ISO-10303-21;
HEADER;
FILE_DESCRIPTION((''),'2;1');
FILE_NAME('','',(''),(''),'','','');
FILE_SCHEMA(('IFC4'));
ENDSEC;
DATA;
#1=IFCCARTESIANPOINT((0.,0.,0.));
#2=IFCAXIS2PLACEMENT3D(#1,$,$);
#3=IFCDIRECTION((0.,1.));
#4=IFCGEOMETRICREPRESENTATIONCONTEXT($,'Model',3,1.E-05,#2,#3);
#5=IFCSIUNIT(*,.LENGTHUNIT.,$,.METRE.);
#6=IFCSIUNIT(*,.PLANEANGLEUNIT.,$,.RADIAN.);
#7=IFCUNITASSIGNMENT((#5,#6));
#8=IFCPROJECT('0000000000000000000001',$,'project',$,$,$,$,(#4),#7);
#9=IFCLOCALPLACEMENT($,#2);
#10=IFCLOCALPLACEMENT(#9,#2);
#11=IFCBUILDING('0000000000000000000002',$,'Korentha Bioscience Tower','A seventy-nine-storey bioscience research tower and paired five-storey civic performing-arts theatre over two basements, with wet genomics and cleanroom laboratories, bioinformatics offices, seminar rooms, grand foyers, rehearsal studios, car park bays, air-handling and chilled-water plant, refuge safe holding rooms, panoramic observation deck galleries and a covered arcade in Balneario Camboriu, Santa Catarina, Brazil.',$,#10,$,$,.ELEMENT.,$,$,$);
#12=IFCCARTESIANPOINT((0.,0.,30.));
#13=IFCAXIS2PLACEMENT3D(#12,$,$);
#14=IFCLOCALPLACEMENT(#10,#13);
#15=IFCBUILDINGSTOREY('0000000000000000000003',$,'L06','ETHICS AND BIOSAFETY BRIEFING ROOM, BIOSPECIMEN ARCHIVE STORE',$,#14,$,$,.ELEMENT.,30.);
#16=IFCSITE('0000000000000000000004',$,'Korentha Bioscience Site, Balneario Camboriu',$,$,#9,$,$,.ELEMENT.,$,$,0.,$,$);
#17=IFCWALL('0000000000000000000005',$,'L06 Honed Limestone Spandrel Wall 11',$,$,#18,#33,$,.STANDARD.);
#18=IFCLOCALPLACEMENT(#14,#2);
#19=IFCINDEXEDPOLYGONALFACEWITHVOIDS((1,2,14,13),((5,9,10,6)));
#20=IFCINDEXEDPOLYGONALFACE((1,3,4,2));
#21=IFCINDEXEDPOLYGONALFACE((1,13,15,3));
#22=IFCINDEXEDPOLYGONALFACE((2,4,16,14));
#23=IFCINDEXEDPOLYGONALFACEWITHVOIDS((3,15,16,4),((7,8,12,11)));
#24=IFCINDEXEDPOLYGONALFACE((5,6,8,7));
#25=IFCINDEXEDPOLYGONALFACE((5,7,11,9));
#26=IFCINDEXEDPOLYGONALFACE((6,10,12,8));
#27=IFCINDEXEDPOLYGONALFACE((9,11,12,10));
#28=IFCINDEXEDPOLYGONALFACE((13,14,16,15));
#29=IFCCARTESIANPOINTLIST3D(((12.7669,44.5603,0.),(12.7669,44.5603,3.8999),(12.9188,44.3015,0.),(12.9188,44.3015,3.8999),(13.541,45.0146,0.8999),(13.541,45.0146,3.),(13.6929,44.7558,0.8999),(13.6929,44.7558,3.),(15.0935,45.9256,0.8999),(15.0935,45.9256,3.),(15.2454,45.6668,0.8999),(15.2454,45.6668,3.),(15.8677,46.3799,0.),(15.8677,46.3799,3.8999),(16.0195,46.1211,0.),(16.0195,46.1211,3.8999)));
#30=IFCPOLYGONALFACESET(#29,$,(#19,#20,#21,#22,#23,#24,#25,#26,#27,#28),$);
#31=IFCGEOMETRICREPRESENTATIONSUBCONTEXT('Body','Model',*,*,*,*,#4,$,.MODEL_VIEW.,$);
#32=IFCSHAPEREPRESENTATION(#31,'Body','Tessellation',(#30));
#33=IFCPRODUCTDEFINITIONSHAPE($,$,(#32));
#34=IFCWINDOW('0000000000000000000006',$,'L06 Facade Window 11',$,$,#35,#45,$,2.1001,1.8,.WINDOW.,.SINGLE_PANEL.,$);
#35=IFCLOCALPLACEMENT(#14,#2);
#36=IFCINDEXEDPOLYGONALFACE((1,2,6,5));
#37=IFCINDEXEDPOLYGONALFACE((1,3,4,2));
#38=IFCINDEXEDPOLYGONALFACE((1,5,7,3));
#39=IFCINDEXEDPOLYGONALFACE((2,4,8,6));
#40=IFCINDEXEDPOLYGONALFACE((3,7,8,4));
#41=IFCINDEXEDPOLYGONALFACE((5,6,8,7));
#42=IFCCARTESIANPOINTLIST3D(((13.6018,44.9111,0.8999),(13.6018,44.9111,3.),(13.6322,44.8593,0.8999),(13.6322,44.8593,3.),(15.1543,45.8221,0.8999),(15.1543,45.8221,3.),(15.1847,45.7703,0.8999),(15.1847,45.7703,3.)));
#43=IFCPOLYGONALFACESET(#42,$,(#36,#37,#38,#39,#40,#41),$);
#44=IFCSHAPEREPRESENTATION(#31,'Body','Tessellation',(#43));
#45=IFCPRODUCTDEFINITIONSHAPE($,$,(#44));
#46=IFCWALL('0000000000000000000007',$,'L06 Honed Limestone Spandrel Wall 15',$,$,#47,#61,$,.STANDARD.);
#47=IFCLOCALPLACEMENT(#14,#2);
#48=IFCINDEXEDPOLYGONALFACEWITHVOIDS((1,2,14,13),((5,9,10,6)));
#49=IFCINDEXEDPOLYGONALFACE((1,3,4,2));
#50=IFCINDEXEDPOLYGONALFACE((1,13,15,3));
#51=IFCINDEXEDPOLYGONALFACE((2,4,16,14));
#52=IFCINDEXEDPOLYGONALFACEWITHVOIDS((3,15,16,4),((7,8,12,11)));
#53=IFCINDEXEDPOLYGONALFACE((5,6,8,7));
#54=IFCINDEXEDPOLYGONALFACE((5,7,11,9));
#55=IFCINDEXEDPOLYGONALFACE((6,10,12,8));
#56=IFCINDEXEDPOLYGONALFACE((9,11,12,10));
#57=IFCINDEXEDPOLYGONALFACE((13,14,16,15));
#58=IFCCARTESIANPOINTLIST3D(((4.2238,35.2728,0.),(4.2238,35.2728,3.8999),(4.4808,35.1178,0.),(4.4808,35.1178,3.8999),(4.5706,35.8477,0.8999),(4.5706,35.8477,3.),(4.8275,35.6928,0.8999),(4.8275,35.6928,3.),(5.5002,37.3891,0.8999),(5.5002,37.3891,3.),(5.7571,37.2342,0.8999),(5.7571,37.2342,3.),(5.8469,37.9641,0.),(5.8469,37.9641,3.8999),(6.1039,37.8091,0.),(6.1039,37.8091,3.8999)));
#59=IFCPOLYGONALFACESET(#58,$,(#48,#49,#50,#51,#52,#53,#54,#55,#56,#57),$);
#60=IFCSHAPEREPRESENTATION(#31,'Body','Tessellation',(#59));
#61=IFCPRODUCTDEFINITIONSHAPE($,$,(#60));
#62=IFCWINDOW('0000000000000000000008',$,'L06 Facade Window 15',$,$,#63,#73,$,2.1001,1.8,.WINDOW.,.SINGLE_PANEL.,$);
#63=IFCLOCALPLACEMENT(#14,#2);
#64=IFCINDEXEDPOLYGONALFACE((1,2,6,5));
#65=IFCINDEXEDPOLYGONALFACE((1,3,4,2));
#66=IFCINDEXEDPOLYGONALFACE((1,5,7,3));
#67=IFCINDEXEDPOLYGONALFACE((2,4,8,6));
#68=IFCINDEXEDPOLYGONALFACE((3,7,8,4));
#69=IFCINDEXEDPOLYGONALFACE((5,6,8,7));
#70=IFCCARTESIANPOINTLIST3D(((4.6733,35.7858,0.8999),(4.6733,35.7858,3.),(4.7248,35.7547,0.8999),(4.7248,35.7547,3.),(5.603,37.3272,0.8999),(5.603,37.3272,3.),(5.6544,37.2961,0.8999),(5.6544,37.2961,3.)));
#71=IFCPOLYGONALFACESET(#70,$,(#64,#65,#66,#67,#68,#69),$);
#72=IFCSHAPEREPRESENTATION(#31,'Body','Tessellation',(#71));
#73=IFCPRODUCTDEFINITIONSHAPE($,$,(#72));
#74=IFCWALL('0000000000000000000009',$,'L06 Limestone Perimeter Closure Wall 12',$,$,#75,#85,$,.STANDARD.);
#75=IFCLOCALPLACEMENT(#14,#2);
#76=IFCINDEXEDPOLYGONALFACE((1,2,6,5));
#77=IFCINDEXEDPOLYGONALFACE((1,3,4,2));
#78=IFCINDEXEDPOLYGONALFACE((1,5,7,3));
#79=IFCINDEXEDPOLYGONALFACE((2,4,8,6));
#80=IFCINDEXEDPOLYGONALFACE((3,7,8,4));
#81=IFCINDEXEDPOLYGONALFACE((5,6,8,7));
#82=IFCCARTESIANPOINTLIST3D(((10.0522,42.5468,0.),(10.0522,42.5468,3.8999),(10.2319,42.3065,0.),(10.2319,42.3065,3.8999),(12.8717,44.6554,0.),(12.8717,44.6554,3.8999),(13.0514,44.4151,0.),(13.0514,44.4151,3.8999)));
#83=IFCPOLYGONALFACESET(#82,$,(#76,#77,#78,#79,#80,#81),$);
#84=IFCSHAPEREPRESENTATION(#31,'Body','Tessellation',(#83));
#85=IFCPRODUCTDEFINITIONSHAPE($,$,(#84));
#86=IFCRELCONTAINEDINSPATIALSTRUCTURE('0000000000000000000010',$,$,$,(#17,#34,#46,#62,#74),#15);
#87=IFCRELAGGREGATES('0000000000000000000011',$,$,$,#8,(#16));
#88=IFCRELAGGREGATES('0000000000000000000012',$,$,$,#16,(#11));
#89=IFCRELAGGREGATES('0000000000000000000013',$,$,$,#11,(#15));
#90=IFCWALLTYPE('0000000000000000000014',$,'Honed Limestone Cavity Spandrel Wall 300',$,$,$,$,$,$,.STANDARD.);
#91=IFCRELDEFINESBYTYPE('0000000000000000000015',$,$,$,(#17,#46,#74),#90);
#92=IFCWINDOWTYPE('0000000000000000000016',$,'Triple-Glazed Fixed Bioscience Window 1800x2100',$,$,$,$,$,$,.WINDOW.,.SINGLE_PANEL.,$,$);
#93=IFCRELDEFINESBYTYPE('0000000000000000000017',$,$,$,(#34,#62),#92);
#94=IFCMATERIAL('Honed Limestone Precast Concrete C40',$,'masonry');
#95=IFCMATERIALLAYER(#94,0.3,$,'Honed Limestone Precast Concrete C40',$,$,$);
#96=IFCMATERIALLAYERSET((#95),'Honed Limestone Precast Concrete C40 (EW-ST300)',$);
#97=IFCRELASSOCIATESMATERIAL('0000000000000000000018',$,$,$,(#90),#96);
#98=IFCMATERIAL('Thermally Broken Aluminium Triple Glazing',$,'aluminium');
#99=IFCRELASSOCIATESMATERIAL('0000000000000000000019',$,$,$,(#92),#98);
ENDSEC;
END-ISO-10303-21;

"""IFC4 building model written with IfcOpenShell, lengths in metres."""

from ifc_helpers import new_model, si_unit, direction, frame, frame_2d, origin, place, context, subcontext, project, spatial, rectangle, extrude, material, layer, layer_set, type_object, element, fill, save


model = new_model("IFC4")

# Units and contexts
model_context = context("Model", 3, precision=1e-05, world=origin(), true_north=direction((0.0, 1.0)))
body_context = subcontext(model_context, "Body", "Model", "MODEL_VIEW")
ifc_project = project(units=[si_unit("LENGTHUNIT", "METRE"), si_unit("PLANEANGLEUNIT", "RADIAN")], contexts=[model_context])

# Site, building, storey
site_placement = place(None, origin())
site = spatial("IfcSite", under=ifc_project, at=site_placement, Name="Korentha Bioscience Site, Balneario Camboriu", CompositionType="ELEMENT", RefElevation=0.0)
building_placement = place(site_placement, origin())
building = spatial("IfcBuilding", under=site, at=building_placement, Name="Korentha Bioscience Tower", Description="A seventy-nine-storey bioscience research tower and paired five-storey civic performing-arts theatre over two basements, with wet genomics and cleanroom laboratories, bioinformatics offices, seminar rooms, grand foyers, rehearsal studios, car park bays, air-handling and chilled-water plant, refuge safe holding rooms, panoramic observation deck galleries and a covered arcade in Balneario Camboriu, Santa Catarina, Brazil.", CompositionType="ELEMENT")
storey_placement = place(building_placement, frame((0.0, 0.0, 30.0)))
storey = spatial("IfcBuildingStorey", under=building, at=storey_placement, Name="L06", Description="ETHICS AND BIOSAFETY BRIEFING ROOM, BIOSPECIMEN ARCHIVE STORE", CompositionType="ELEMENT", Elevation=30.0)

# Wall, opening, window
ifc_material_1 = material(Name="Honed Limestone Precast Concrete C40", Category="masonry")
ifc_layer_1 = layer(ifc_material_1, 0.3, Name="Honed Limestone Precast Concrete C40")
ifc_layer_set_1 = layer_set([ifc_layer_1], Name="Honed Limestone Precast Concrete C40 (EW-ST300)")
wall_type_1 = type_object("IfcWallType", Name="Honed Limestone Cavity Spandrel Wall 300", PredefinedType="STANDARD", material=ifc_layer_set_1)
wall_1_placement = place(storey_placement, frame((15.9436, 46.2505, 0.0), z_axis=(0.0, 0.0, 1.0), x_axis=(-0.862473, -0.506103, 0.0)))
wall_1 = element("IfcWall", 1, at=wall_1_placement, inside=storey, type_object=wall_type_1, Name="L06 Honed Limestone Spandrel Wall 11", PredefinedType="STANDARD", context=body_context, shape_type="SweptSolid", body=[
    extrude(rectangle(XDim=3.5952, YDim=0.3, at=frame_2d((1.7976, 0.0))), origin(), (0.0, 0.0, 1.0), 3.8999),
])
opening_1_placement = place(wall_1_placement, frame((0.8977, 0.0, 0.8999)))
opening_1 = element("IfcOpeningElement", 2, at=opening_1_placement, cuts=wall_1, PredefinedType="OPENING", context=body_context, shape_type="SweptSolid", body=[
    extrude(rectangle(XDim=1.8, YDim=2.1001, at=frame_2d((0.8999, 1.05))), frame((0.0, 0.165, 0.0), z_axis=(0.0, -1.0, 0.0), x_axis=(1.0, 0.0, 0.0)), (0.0, 0.0, 1.0), 0.3298),
])
ifc_material_2 = material(Name="Thermally Broken Aluminium Triple Glazing", Category="aluminium")
window_type = type_object("IfcWindowType", Name="Triple-Glazed Fixed Bioscience Window 1800x2100", PartitioningType="SINGLE_PANEL", PredefinedType="WINDOW", material=ifc_material_2)
window_1_placement = place(opening_1_placement, origin())
window_1 = element("IfcWindow", 3, at=window_1_placement, inside=storey, type_object=window_type, Name="L06 Facade Window 11", OverallHeight=2.1001, OverallWidth=1.8, PartitioningType="SINGLE_PANEL", PredefinedType="WINDOW", context=body_context, shape_type="SweptSolid", body=[
    extrude(rectangle(XDim=1.8, YDim=2.1001, at=frame_2d((0.8999, 1.05))), frame((0.0, 0.03, 0.0), z_axis=(0.0, -1.0, 0.0), x_axis=(1.0, 0.0, 0.0)), (0.0, 0.0, 1.0), 0.0601),
])
fill(opening_1, window_1)

# Wall, opening, window
wall_2_placement = place(storey_placement, frame((5.9753, 37.8865, 0.0), z_axis=(0.0, 0.0, 1.0), x_axis=(-0.516448, -0.856319, 0.0)))
wall_2 = element("IfcWall", 4, at=wall_2_placement, inside=storey, type_object=wall_type_1, Name="L06 Honed Limestone Spandrel Wall 15", PredefinedType="STANDARD", context=body_context, shape_type="SweptSolid", body=[
    extrude(rectangle(XDim=3.1428, YDim=0.3, at=frame_2d((1.5713, 0.0))), origin(), (0.0, 0.0, 1.0), 3.8999),
])
opening_2_placement = place(wall_2_placement, frame((0.6714, 0.0, 0.8999)))
opening_2 = element("IfcOpeningElement", 5, at=opening_2_placement, cuts=wall_2, PredefinedType="OPENING", context=body_context, shape_type="SweptSolid", body=[
    extrude(rectangle(XDim=1.8, YDim=2.1001, at=frame_2d((0.8999, 1.05))), frame((0.0, 0.165, 0.0), z_axis=(0.0, -1.0, 0.0), x_axis=(1.0, 0.0, 0.0)), (0.0, 0.0, 1.0), 0.3298),
])
window_2_placement = place(opening_2_placement, origin())
window_2 = element("IfcWindow", 6, at=window_2_placement, inside=storey, type_object=window_type, Name="L06 Facade Window 15", OverallHeight=2.1001, OverallWidth=1.8, PartitioningType="SINGLE_PANEL", PredefinedType="WINDOW", context=body_context, shape_type="SweptSolid", body=[
    extrude(rectangle(XDim=1.8, YDim=2.1001, at=frame_2d((0.8999, 1.05))), frame((0.0, 0.03, 0.0), z_axis=(0.0, -1.0, 0.0), x_axis=(1.0, 0.0, 0.0)), (0.0, 0.0, 1.0), 0.0601),
])
fill(opening_2, window_2)

# Wall
wall_3_placement = place(storey_placement, frame((12.9614, 44.5352, 0.0), z_axis=(0.0, 0.0, 1.0), x_axis=(-0.800823, -0.598901, 0.0)))
element("IfcWall", 7, at=wall_3_placement, inside=storey, type_object=wall_type_1, Name="L06 Limestone Perimeter Closure Wall 12", PredefinedType="STANDARD", context=body_context, shape_type="SweptSolid", body=[
    extrude(rectangle(XDim=3.5208, YDim=0.3, at=frame_2d((1.7603, 0.0))), origin(), (0.0, 0.0, 1.0), 3.8999),
])

save(model, "model.ifc")
